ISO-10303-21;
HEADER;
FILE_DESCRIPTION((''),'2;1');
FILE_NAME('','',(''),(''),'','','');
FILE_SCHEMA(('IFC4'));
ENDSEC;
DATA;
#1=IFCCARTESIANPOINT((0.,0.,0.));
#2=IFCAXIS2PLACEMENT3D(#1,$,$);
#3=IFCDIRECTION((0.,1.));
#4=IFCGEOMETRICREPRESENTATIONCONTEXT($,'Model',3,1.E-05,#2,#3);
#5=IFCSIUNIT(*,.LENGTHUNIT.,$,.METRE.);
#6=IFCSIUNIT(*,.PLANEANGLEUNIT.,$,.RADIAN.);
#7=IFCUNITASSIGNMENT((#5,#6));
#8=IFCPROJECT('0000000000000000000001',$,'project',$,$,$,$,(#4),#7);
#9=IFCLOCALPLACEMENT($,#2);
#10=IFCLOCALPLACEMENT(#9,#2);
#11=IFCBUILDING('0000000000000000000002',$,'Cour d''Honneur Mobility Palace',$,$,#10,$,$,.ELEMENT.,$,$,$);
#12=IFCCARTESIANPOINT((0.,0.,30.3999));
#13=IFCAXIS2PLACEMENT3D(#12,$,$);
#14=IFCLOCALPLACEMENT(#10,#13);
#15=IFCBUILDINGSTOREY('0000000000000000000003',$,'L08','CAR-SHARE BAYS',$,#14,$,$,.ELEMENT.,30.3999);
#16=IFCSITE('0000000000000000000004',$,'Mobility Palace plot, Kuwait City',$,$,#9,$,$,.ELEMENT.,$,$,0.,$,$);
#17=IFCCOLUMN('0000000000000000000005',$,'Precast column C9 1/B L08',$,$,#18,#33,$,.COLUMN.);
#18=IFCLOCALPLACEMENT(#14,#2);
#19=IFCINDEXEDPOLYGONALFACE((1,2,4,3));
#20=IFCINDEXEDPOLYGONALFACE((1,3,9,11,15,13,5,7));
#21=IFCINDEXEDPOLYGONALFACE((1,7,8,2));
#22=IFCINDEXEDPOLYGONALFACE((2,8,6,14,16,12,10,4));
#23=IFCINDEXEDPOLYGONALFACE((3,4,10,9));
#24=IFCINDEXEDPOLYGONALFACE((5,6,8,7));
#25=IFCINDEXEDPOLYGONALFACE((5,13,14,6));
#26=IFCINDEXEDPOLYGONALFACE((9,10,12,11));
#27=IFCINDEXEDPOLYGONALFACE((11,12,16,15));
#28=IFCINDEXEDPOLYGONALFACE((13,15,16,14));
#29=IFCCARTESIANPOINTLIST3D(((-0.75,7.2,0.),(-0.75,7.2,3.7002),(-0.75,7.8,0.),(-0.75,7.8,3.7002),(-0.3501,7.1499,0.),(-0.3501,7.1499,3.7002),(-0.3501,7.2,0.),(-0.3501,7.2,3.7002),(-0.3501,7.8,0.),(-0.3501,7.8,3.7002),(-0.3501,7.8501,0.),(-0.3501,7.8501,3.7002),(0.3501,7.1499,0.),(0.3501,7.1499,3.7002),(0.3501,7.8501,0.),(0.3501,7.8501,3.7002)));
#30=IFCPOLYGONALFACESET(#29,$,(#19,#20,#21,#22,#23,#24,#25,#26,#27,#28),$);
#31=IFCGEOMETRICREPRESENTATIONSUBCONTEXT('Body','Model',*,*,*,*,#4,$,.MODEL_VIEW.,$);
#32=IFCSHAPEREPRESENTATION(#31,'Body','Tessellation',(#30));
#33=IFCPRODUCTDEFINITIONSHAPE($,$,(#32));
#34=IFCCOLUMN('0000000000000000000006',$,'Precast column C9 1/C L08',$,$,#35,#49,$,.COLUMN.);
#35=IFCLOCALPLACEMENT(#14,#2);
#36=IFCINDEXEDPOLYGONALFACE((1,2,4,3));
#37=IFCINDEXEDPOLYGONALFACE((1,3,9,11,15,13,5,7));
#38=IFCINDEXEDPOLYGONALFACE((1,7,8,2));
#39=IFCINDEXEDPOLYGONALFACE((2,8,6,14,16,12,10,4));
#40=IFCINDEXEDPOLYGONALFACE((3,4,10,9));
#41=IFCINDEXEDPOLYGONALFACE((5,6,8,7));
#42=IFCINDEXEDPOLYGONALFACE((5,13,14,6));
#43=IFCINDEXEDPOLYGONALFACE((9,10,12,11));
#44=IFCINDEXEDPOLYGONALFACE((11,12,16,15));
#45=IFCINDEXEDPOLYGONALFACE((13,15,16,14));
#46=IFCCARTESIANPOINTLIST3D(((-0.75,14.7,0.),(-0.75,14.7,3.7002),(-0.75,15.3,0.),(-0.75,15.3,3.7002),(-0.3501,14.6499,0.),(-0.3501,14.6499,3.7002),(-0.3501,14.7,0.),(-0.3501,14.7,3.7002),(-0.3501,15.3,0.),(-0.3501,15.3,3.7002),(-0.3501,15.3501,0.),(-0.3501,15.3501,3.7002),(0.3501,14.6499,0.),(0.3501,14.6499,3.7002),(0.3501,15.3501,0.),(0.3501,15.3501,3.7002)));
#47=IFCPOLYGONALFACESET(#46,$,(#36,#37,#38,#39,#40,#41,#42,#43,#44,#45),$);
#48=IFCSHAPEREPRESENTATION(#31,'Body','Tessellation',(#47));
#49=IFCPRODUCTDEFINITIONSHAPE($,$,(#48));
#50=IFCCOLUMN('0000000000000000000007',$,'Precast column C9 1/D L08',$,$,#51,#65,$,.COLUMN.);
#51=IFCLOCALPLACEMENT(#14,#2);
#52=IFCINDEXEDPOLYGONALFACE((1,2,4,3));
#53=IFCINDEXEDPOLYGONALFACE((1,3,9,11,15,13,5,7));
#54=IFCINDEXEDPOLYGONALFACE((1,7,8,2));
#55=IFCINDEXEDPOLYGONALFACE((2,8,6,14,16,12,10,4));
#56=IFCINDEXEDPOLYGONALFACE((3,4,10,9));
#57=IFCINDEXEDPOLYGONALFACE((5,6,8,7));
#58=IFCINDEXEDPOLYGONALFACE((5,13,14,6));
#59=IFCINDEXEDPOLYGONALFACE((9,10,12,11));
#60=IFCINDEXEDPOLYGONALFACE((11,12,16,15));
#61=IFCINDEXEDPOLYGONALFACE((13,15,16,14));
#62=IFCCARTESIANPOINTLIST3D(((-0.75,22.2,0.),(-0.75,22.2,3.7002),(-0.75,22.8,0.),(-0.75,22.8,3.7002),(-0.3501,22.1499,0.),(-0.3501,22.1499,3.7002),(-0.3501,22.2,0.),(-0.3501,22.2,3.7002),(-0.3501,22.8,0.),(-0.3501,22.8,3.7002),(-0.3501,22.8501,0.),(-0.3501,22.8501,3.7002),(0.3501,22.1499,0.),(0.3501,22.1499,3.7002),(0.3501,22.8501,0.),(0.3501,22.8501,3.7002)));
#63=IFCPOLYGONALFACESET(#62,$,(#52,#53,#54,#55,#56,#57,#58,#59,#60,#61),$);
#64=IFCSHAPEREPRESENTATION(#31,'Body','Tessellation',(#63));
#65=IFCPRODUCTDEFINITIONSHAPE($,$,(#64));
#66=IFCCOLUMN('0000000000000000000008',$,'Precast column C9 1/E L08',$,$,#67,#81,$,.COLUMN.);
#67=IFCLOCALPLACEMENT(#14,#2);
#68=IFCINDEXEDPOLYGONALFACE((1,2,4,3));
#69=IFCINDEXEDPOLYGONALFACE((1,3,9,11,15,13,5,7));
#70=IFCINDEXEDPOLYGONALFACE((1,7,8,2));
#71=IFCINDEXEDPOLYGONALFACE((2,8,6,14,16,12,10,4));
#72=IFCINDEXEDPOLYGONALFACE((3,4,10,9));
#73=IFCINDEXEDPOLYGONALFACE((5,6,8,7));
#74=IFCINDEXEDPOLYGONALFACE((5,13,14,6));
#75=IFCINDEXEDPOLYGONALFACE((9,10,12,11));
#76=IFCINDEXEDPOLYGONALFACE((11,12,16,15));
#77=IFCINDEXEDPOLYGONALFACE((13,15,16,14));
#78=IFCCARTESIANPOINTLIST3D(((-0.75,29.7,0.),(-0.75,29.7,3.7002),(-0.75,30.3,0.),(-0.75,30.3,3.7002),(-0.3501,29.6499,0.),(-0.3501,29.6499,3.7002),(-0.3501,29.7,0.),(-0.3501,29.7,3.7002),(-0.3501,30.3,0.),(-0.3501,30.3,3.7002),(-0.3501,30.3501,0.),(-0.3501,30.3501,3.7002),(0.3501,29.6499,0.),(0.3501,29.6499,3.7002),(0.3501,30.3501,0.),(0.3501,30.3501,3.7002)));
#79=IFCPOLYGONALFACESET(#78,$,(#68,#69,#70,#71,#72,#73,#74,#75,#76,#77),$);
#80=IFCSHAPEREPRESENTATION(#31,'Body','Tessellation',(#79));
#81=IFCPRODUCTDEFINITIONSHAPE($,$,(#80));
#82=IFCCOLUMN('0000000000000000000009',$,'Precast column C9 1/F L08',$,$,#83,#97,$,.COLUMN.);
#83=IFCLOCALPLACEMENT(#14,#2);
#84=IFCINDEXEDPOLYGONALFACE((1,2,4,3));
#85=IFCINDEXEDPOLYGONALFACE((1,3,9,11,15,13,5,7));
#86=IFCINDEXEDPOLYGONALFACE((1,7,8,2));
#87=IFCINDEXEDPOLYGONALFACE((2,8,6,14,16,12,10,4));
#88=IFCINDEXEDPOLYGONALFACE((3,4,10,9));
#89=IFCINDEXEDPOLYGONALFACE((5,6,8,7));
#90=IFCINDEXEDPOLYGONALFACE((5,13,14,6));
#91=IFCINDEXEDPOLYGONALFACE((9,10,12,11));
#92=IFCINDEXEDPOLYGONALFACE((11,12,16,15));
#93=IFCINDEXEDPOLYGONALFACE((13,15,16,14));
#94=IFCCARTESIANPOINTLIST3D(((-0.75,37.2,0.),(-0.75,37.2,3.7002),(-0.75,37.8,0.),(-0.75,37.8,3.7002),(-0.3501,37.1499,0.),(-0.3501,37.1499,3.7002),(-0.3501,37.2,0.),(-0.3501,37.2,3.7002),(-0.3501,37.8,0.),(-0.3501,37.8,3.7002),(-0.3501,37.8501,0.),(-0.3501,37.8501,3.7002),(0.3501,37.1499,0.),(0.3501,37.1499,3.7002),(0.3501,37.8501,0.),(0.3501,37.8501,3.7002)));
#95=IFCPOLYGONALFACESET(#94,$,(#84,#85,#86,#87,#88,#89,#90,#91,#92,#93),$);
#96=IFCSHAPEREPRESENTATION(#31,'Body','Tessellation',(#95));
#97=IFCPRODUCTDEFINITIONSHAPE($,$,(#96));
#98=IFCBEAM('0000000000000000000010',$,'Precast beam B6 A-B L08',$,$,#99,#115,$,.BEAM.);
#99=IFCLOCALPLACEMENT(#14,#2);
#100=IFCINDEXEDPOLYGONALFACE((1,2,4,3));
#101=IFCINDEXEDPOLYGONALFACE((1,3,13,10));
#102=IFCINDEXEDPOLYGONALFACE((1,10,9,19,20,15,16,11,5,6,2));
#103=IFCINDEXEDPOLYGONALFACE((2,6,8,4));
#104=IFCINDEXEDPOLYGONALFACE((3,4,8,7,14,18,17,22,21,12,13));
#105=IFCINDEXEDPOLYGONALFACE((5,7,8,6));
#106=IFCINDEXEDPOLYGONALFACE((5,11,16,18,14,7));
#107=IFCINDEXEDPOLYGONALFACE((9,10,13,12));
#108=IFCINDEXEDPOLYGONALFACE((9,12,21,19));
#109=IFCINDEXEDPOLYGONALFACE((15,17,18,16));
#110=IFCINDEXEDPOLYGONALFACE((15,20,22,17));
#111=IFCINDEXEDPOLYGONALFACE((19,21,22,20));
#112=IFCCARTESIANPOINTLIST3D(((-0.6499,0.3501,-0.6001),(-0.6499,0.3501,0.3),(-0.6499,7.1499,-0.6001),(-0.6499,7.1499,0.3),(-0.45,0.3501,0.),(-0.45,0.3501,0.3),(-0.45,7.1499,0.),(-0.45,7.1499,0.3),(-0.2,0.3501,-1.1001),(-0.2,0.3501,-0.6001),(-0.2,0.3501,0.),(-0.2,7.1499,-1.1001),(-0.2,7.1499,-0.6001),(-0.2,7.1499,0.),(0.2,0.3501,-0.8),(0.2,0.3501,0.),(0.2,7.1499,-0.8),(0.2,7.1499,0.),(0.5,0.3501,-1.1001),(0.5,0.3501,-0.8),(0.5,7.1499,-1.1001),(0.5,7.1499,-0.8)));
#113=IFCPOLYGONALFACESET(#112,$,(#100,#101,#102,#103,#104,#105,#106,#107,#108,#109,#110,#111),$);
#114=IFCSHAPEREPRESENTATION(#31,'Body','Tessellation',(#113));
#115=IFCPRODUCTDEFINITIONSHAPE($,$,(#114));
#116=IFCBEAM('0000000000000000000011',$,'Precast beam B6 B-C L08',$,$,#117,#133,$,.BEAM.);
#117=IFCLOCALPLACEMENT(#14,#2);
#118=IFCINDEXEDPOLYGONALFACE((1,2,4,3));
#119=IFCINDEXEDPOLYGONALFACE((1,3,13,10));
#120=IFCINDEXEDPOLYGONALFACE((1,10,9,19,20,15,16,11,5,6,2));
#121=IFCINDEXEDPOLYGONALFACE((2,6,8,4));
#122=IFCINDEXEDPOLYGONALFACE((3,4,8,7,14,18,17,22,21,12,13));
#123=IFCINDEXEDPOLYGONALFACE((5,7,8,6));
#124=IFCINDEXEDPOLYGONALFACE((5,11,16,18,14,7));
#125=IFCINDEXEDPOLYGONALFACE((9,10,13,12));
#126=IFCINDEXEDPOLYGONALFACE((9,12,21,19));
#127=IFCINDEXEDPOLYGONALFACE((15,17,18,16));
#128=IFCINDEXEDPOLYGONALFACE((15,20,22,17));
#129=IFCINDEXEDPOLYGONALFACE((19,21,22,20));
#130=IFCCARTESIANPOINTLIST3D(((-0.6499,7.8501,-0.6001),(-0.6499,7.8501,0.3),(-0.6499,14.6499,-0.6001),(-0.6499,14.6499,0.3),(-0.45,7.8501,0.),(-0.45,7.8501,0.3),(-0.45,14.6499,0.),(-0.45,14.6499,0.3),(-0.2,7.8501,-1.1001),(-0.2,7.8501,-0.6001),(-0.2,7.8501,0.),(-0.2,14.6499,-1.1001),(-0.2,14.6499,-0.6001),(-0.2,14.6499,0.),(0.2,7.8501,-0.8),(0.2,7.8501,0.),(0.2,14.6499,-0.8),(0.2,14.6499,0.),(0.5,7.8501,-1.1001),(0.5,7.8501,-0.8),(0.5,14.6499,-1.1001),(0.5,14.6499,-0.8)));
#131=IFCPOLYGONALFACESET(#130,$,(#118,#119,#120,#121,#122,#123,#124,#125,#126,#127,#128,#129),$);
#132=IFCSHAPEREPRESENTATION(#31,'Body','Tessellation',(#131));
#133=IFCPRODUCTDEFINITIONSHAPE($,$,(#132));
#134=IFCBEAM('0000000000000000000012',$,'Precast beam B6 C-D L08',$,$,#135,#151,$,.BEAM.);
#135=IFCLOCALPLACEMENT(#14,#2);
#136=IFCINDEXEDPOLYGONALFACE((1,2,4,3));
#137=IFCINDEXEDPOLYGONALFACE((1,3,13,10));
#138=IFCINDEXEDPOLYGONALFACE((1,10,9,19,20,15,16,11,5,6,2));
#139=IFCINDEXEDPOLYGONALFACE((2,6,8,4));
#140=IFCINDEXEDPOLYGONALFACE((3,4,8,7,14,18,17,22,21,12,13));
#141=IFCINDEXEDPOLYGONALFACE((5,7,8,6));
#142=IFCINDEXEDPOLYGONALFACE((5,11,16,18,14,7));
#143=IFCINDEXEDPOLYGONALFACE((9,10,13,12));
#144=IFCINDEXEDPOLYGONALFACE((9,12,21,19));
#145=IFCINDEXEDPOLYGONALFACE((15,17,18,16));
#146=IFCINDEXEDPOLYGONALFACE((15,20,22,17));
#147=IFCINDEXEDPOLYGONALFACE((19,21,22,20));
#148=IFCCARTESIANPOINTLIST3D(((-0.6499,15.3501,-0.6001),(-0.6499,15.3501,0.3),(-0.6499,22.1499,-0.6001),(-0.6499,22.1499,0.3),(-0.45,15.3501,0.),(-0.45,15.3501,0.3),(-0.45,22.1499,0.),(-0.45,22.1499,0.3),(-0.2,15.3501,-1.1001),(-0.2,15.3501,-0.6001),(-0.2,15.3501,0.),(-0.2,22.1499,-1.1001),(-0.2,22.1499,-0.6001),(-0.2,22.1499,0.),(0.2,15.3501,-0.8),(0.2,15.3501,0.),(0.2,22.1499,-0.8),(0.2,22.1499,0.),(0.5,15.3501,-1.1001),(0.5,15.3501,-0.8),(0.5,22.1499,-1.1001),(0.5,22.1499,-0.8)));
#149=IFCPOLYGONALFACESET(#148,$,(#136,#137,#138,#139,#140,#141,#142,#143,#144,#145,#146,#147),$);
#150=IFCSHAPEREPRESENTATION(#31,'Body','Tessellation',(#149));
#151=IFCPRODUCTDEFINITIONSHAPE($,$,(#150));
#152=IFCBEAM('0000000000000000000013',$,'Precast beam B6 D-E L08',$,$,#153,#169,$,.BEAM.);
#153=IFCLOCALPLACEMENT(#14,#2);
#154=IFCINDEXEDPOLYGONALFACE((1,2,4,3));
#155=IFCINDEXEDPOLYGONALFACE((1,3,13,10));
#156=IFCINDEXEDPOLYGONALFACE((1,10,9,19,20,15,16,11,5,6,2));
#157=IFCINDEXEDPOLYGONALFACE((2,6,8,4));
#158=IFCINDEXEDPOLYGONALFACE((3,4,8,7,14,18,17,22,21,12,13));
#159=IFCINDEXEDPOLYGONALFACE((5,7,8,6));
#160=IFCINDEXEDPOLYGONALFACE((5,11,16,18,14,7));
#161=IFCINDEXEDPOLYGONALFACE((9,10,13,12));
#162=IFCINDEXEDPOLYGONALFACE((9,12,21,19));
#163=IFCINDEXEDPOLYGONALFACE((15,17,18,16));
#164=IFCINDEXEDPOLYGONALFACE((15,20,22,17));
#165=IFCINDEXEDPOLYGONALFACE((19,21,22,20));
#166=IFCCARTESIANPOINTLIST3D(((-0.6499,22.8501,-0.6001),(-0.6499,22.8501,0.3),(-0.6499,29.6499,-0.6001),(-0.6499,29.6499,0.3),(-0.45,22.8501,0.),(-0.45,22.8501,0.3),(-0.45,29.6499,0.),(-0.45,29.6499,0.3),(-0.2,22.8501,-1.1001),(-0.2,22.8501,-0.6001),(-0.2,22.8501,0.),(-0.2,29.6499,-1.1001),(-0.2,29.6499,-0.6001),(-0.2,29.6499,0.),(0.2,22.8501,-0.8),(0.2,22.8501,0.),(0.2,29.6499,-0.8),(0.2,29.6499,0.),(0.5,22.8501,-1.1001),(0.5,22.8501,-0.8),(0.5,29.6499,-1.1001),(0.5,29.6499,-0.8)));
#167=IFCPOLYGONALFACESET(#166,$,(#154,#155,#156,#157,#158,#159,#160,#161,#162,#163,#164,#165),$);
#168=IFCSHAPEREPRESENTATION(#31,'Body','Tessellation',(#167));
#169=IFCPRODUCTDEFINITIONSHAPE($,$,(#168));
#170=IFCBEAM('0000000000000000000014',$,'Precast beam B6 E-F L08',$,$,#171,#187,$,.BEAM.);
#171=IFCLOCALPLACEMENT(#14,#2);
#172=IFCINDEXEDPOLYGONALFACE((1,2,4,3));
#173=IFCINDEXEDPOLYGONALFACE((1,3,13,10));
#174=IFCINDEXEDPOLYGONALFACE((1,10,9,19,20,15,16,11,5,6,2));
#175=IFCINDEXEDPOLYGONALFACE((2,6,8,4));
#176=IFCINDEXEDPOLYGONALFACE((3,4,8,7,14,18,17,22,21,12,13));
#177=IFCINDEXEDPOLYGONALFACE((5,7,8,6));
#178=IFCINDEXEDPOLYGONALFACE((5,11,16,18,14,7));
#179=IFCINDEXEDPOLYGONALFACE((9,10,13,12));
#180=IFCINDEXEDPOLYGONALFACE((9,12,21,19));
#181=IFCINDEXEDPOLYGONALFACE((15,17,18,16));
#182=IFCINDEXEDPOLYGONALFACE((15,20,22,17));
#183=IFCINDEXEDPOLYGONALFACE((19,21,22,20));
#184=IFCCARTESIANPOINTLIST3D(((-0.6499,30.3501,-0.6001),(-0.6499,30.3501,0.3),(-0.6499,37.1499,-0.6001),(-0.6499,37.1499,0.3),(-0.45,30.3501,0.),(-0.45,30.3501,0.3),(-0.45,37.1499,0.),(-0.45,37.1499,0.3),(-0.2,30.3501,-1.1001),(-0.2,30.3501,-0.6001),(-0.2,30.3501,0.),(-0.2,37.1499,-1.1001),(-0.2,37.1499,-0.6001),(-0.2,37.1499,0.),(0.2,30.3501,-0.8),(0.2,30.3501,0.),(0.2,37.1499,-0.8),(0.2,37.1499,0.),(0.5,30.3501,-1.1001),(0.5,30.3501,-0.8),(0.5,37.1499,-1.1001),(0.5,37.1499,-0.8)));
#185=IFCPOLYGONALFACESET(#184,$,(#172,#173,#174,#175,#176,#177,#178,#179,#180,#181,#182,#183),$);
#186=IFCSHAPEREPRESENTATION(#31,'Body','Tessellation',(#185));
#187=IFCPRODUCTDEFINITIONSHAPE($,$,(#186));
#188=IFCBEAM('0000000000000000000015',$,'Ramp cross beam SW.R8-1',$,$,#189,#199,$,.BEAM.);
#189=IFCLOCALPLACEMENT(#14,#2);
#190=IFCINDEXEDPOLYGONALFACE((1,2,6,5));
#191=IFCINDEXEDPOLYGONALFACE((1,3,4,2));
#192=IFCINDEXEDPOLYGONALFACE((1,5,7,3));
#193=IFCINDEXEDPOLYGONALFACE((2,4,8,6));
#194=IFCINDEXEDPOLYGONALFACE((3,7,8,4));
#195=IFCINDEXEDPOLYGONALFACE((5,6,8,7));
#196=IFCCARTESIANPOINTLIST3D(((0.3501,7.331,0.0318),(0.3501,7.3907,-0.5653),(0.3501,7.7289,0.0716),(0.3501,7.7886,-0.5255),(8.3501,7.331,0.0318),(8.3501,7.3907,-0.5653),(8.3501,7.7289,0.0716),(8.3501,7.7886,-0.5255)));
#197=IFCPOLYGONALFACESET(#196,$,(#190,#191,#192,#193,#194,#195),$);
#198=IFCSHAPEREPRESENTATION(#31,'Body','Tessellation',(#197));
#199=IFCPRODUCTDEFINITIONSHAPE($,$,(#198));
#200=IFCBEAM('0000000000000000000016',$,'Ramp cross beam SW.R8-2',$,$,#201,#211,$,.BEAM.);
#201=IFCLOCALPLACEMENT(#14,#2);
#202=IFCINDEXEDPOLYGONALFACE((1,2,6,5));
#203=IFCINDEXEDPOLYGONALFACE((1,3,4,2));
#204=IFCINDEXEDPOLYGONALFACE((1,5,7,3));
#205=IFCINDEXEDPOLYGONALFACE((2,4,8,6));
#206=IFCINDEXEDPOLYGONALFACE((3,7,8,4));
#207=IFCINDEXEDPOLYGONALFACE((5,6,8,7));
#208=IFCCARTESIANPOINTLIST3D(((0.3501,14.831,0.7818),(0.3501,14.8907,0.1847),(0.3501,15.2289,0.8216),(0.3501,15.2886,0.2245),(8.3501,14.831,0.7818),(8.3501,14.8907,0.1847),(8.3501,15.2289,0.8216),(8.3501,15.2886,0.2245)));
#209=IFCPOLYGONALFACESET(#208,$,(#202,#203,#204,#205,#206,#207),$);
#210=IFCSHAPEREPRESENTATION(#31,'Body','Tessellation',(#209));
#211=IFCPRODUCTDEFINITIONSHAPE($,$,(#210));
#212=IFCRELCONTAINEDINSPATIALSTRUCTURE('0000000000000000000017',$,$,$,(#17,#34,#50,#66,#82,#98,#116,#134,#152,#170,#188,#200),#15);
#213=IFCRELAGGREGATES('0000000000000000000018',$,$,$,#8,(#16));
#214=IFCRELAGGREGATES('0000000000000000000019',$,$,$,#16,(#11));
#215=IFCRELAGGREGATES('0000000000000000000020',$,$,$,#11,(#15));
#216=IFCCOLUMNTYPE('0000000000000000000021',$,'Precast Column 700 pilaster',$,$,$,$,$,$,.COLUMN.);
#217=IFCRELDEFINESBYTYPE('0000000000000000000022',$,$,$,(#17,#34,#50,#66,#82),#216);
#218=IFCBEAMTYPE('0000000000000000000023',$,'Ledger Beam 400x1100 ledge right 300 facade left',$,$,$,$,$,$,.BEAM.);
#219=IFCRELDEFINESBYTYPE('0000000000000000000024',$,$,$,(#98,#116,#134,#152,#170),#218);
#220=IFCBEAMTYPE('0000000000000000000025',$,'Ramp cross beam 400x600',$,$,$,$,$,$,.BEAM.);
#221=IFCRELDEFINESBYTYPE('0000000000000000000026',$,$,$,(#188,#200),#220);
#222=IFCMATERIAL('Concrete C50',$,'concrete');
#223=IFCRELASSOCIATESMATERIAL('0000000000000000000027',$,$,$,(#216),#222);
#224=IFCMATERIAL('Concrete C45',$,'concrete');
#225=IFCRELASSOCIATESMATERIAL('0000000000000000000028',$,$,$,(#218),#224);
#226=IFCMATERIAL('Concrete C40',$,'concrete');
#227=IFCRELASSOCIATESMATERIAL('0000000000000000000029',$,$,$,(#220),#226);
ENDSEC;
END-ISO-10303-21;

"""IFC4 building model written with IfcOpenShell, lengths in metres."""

from ifc_helpers import new_model, si_unit, direction, frame, origin, origin_2d, place, context, subcontext, project, spatial, polyline, rectangle, outline, extrude, material, material_profile, profile_set, type_object, element, save


model = new_model("IFC4")

# Units and contexts
model_context = context("Model", 3, precision=1e-05, world=origin(), true_north=direction((0.0, 1.0)))
body_context = subcontext(model_context, "Body", "Model", "MODEL_VIEW")
ifc_project = project(units=[si_unit("LENGTHUNIT", "METRE"), si_unit("PLANEANGLEUNIT", "RADIAN")], contexts=[model_context])

# Site, building, storey
site_placement = place(None, origin())
site = spatial("IfcSite", under=ifc_project, at=site_placement, Name="Mobility Palace plot, Kuwait City", CompositionType="ELEMENT", RefElevation=0.0)
building_placement = place(site_placement, origin())
building = spatial("IfcBuilding", under=site, at=building_placement, Name="Cour d'Honneur Mobility Palace", CompositionType="ELEMENT")
storey_placement = place(building_placement, frame((0.0, 0.0, 30.3999)))
storey = spatial("IfcBuildingStorey", under=building, at=storey_placement, Name="L08", Description="CAR-SHARE BAYS", CompositionType="ELEMENT", Elevation=30.3999)

# Columns
ifc_material_1 = material(Name="Concrete C50", Category="concrete")
ifc_material_profile_1 = material_profile(ifc_material_1, outline(polyline([(-0.3501, -0.3501), (0.3501, -0.3501), (0.3501, -0.3), (0.75, -0.3), (0.75, 0.3), (0.3501, 0.3), (0.3501, 0.3501), (-0.3501, 0.3501), (-0.3501, -0.3501)])), Name="PC C700 pilaster")
ifc_profile_set_1 = profile_set([ifc_material_profile_1], Name="Concrete C50")
column_type = type_object("IfcColumnType", Name="Precast Column 700 pilaster", PredefinedType="COLUMN", material=ifc_profile_set_1)
for number, where, z_axis, x_axis, name in (
    (1, (0.0, 7.5, 0.0), (0.0, 0.0, 1.0), (-1.0, 0.0, 0.0), "Precast column C9 1/B L08"),
    (2, (0.0, 15.0, 0.0), (0.0, 0.0, 1.0), (-1.0, 0.0, 0.0), "Precast column C9 1/C L08"),
    (3, (0.0, 22.5, 0.0), (0.0, 0.0, 1.0), (-1.0, 0.0, 0.0), "Precast column C9 1/D L08"),
    (4, (0.0, 30.0, 0.0), (0.0, 0.0, 1.0), (-1.0, 0.0, 0.0), "Precast column C9 1/E L08"),
    (5, (0.0, 37.5, 0.0), (0.0, 0.0, 1.0), (-1.0, 0.0, 0.0), "Precast column C9 1/F L08"),
):
    element("IfcColumn", number, at=place(storey_placement, frame(where, z_axis=z_axis, x_axis=x_axis)), inside=storey, type_object=column_type, Name=name, PredefinedType="COLUMN", context=body_context, shape_type="SweptSolid", body=[
        extrude(outline(polyline([(-0.3501, -0.3501), (0.3501, -0.3501), (0.3501, -0.3), (0.75, -0.3), (0.75, 0.3), (0.3501, 0.3), (0.3501, 0.3501), (-0.3501, 0.3501), (-0.3501, -0.3501)])), origin(), (0.0, 0.0, 1.0), 3.7002),
    ])

# Beams
ifc_material_2 = material(Name="Concrete C45", Category="concrete")
ifc_material_profile_2 = material_profile(ifc_material_2, outline(polyline([(0.2, -1.1001), (0.2, -0.6001), (0.6499, -0.6001), (0.6499, 0.3), (0.45, 0.3), (0.45, 0.0), (0.2, 0.0), (-0.2, 0.0), (-0.2, -0.8), (-0.5, -0.8), (-0.5, -1.1001), (0.2, -1.1001)])), Name="Ledger Beam 400x1100 ledge right 300 facade left")
ifc_profile_set_2 = profile_set([ifc_material_profile_2], Name="Concrete C45")
beam_type_1 = type_object("IfcBeamType", Name="Ledger Beam 400x1100 ledge right 300 facade left", PredefinedType="BEAM", material=ifc_profile_set_2)
for number, where, z_axis, x_axis, name in (
    (6, (0.0, 0.3501, 0.0), (0.0, 1.0, 0.0), (-1.0, 0.0, 0.0), "Precast beam B6 A-B L08"),
    (7, (0.0, 7.8501, 0.0), (0.0, 1.0, 0.0), (-1.0, 0.0, 0.0), "Precast beam B6 B-C L08"),
    (8, (0.0, 15.3501, 0.0), (0.0, 1.0, 0.0), (-1.0, 0.0, 0.0), "Precast beam B6 C-D L08"),
    (9, (0.0, 22.8501, 0.0), (0.0, 1.0, 0.0), (-1.0, 0.0, 0.0), "Precast beam B6 D-E L08"),
    (10, (0.0, 30.3501, 0.0), (0.0, 1.0, 0.0), (-1.0, 0.0, 0.0), "Precast beam B6 E-F L08"),
):
    element("IfcBeam", number, at=place(storey_placement, frame(where, z_axis=z_axis, x_axis=x_axis)), inside=storey, type_object=beam_type_1, Name=name, PredefinedType="BEAM", context=body_context, shape_type="SweptSolid", body=[
        extrude(outline(polyline([(0.2, -1.1001), (0.2, -0.6001), (0.6499, -0.6001), (0.6499, 0.3), (0.45, 0.3), (0.45, 0.0), (0.2, 0.0), (-0.2, 0.0), (-0.2, -0.8), (-0.5, -0.8), (-0.5, -1.1001), (0.2, -1.1001)])), origin(), (0.0, 0.0, 1.0), 6.7998),
    ])
ifc_material_3 = material(Name="Concrete C40", Category="concrete")
ifc_material_profile_3 = material_profile(ifc_material_3, rectangle(XDim=0.3999, YDim=0.6001, at=origin_2d()), Name="Ramp cross beam 400x600")
ifc_profile_set_3 = profile_set([ifc_material_profile_3], Name="Concrete C40")
beam_type_2 = type_object("IfcBeamType", Name="Ramp cross beam 400x600", PredefinedType="BEAM", material=ifc_profile_set_3)
for number, where, z_axis, x_axis, name in (
    (11, (0.3501, 7.5598, -0.2468), (1.0, 0.0, 0.0), (0.0, 0.995037, 0.099504), "Ramp cross beam SW.R8-1"),
    (12, (0.3501, 15.0598, 0.5032), (1.0, 0.0, 0.0), (0.0, 0.995037, 0.099504), "Ramp cross beam SW.R8-2"),
):
    element("IfcBeam", number, at=place(storey_placement, frame(where, z_axis=z_axis, x_axis=x_axis)), inside=storey, type_object=beam_type_2, Name=name, PredefinedType="BEAM", context=body_context, shape_type="SweptSolid", body=[
        extrude(rectangle(XDim=0.3999, YDim=0.6001, at=origin_2d()), origin(), (0.0, 0.0, 1.0), 8.0),
    ])

save(model, "model.ifc")
